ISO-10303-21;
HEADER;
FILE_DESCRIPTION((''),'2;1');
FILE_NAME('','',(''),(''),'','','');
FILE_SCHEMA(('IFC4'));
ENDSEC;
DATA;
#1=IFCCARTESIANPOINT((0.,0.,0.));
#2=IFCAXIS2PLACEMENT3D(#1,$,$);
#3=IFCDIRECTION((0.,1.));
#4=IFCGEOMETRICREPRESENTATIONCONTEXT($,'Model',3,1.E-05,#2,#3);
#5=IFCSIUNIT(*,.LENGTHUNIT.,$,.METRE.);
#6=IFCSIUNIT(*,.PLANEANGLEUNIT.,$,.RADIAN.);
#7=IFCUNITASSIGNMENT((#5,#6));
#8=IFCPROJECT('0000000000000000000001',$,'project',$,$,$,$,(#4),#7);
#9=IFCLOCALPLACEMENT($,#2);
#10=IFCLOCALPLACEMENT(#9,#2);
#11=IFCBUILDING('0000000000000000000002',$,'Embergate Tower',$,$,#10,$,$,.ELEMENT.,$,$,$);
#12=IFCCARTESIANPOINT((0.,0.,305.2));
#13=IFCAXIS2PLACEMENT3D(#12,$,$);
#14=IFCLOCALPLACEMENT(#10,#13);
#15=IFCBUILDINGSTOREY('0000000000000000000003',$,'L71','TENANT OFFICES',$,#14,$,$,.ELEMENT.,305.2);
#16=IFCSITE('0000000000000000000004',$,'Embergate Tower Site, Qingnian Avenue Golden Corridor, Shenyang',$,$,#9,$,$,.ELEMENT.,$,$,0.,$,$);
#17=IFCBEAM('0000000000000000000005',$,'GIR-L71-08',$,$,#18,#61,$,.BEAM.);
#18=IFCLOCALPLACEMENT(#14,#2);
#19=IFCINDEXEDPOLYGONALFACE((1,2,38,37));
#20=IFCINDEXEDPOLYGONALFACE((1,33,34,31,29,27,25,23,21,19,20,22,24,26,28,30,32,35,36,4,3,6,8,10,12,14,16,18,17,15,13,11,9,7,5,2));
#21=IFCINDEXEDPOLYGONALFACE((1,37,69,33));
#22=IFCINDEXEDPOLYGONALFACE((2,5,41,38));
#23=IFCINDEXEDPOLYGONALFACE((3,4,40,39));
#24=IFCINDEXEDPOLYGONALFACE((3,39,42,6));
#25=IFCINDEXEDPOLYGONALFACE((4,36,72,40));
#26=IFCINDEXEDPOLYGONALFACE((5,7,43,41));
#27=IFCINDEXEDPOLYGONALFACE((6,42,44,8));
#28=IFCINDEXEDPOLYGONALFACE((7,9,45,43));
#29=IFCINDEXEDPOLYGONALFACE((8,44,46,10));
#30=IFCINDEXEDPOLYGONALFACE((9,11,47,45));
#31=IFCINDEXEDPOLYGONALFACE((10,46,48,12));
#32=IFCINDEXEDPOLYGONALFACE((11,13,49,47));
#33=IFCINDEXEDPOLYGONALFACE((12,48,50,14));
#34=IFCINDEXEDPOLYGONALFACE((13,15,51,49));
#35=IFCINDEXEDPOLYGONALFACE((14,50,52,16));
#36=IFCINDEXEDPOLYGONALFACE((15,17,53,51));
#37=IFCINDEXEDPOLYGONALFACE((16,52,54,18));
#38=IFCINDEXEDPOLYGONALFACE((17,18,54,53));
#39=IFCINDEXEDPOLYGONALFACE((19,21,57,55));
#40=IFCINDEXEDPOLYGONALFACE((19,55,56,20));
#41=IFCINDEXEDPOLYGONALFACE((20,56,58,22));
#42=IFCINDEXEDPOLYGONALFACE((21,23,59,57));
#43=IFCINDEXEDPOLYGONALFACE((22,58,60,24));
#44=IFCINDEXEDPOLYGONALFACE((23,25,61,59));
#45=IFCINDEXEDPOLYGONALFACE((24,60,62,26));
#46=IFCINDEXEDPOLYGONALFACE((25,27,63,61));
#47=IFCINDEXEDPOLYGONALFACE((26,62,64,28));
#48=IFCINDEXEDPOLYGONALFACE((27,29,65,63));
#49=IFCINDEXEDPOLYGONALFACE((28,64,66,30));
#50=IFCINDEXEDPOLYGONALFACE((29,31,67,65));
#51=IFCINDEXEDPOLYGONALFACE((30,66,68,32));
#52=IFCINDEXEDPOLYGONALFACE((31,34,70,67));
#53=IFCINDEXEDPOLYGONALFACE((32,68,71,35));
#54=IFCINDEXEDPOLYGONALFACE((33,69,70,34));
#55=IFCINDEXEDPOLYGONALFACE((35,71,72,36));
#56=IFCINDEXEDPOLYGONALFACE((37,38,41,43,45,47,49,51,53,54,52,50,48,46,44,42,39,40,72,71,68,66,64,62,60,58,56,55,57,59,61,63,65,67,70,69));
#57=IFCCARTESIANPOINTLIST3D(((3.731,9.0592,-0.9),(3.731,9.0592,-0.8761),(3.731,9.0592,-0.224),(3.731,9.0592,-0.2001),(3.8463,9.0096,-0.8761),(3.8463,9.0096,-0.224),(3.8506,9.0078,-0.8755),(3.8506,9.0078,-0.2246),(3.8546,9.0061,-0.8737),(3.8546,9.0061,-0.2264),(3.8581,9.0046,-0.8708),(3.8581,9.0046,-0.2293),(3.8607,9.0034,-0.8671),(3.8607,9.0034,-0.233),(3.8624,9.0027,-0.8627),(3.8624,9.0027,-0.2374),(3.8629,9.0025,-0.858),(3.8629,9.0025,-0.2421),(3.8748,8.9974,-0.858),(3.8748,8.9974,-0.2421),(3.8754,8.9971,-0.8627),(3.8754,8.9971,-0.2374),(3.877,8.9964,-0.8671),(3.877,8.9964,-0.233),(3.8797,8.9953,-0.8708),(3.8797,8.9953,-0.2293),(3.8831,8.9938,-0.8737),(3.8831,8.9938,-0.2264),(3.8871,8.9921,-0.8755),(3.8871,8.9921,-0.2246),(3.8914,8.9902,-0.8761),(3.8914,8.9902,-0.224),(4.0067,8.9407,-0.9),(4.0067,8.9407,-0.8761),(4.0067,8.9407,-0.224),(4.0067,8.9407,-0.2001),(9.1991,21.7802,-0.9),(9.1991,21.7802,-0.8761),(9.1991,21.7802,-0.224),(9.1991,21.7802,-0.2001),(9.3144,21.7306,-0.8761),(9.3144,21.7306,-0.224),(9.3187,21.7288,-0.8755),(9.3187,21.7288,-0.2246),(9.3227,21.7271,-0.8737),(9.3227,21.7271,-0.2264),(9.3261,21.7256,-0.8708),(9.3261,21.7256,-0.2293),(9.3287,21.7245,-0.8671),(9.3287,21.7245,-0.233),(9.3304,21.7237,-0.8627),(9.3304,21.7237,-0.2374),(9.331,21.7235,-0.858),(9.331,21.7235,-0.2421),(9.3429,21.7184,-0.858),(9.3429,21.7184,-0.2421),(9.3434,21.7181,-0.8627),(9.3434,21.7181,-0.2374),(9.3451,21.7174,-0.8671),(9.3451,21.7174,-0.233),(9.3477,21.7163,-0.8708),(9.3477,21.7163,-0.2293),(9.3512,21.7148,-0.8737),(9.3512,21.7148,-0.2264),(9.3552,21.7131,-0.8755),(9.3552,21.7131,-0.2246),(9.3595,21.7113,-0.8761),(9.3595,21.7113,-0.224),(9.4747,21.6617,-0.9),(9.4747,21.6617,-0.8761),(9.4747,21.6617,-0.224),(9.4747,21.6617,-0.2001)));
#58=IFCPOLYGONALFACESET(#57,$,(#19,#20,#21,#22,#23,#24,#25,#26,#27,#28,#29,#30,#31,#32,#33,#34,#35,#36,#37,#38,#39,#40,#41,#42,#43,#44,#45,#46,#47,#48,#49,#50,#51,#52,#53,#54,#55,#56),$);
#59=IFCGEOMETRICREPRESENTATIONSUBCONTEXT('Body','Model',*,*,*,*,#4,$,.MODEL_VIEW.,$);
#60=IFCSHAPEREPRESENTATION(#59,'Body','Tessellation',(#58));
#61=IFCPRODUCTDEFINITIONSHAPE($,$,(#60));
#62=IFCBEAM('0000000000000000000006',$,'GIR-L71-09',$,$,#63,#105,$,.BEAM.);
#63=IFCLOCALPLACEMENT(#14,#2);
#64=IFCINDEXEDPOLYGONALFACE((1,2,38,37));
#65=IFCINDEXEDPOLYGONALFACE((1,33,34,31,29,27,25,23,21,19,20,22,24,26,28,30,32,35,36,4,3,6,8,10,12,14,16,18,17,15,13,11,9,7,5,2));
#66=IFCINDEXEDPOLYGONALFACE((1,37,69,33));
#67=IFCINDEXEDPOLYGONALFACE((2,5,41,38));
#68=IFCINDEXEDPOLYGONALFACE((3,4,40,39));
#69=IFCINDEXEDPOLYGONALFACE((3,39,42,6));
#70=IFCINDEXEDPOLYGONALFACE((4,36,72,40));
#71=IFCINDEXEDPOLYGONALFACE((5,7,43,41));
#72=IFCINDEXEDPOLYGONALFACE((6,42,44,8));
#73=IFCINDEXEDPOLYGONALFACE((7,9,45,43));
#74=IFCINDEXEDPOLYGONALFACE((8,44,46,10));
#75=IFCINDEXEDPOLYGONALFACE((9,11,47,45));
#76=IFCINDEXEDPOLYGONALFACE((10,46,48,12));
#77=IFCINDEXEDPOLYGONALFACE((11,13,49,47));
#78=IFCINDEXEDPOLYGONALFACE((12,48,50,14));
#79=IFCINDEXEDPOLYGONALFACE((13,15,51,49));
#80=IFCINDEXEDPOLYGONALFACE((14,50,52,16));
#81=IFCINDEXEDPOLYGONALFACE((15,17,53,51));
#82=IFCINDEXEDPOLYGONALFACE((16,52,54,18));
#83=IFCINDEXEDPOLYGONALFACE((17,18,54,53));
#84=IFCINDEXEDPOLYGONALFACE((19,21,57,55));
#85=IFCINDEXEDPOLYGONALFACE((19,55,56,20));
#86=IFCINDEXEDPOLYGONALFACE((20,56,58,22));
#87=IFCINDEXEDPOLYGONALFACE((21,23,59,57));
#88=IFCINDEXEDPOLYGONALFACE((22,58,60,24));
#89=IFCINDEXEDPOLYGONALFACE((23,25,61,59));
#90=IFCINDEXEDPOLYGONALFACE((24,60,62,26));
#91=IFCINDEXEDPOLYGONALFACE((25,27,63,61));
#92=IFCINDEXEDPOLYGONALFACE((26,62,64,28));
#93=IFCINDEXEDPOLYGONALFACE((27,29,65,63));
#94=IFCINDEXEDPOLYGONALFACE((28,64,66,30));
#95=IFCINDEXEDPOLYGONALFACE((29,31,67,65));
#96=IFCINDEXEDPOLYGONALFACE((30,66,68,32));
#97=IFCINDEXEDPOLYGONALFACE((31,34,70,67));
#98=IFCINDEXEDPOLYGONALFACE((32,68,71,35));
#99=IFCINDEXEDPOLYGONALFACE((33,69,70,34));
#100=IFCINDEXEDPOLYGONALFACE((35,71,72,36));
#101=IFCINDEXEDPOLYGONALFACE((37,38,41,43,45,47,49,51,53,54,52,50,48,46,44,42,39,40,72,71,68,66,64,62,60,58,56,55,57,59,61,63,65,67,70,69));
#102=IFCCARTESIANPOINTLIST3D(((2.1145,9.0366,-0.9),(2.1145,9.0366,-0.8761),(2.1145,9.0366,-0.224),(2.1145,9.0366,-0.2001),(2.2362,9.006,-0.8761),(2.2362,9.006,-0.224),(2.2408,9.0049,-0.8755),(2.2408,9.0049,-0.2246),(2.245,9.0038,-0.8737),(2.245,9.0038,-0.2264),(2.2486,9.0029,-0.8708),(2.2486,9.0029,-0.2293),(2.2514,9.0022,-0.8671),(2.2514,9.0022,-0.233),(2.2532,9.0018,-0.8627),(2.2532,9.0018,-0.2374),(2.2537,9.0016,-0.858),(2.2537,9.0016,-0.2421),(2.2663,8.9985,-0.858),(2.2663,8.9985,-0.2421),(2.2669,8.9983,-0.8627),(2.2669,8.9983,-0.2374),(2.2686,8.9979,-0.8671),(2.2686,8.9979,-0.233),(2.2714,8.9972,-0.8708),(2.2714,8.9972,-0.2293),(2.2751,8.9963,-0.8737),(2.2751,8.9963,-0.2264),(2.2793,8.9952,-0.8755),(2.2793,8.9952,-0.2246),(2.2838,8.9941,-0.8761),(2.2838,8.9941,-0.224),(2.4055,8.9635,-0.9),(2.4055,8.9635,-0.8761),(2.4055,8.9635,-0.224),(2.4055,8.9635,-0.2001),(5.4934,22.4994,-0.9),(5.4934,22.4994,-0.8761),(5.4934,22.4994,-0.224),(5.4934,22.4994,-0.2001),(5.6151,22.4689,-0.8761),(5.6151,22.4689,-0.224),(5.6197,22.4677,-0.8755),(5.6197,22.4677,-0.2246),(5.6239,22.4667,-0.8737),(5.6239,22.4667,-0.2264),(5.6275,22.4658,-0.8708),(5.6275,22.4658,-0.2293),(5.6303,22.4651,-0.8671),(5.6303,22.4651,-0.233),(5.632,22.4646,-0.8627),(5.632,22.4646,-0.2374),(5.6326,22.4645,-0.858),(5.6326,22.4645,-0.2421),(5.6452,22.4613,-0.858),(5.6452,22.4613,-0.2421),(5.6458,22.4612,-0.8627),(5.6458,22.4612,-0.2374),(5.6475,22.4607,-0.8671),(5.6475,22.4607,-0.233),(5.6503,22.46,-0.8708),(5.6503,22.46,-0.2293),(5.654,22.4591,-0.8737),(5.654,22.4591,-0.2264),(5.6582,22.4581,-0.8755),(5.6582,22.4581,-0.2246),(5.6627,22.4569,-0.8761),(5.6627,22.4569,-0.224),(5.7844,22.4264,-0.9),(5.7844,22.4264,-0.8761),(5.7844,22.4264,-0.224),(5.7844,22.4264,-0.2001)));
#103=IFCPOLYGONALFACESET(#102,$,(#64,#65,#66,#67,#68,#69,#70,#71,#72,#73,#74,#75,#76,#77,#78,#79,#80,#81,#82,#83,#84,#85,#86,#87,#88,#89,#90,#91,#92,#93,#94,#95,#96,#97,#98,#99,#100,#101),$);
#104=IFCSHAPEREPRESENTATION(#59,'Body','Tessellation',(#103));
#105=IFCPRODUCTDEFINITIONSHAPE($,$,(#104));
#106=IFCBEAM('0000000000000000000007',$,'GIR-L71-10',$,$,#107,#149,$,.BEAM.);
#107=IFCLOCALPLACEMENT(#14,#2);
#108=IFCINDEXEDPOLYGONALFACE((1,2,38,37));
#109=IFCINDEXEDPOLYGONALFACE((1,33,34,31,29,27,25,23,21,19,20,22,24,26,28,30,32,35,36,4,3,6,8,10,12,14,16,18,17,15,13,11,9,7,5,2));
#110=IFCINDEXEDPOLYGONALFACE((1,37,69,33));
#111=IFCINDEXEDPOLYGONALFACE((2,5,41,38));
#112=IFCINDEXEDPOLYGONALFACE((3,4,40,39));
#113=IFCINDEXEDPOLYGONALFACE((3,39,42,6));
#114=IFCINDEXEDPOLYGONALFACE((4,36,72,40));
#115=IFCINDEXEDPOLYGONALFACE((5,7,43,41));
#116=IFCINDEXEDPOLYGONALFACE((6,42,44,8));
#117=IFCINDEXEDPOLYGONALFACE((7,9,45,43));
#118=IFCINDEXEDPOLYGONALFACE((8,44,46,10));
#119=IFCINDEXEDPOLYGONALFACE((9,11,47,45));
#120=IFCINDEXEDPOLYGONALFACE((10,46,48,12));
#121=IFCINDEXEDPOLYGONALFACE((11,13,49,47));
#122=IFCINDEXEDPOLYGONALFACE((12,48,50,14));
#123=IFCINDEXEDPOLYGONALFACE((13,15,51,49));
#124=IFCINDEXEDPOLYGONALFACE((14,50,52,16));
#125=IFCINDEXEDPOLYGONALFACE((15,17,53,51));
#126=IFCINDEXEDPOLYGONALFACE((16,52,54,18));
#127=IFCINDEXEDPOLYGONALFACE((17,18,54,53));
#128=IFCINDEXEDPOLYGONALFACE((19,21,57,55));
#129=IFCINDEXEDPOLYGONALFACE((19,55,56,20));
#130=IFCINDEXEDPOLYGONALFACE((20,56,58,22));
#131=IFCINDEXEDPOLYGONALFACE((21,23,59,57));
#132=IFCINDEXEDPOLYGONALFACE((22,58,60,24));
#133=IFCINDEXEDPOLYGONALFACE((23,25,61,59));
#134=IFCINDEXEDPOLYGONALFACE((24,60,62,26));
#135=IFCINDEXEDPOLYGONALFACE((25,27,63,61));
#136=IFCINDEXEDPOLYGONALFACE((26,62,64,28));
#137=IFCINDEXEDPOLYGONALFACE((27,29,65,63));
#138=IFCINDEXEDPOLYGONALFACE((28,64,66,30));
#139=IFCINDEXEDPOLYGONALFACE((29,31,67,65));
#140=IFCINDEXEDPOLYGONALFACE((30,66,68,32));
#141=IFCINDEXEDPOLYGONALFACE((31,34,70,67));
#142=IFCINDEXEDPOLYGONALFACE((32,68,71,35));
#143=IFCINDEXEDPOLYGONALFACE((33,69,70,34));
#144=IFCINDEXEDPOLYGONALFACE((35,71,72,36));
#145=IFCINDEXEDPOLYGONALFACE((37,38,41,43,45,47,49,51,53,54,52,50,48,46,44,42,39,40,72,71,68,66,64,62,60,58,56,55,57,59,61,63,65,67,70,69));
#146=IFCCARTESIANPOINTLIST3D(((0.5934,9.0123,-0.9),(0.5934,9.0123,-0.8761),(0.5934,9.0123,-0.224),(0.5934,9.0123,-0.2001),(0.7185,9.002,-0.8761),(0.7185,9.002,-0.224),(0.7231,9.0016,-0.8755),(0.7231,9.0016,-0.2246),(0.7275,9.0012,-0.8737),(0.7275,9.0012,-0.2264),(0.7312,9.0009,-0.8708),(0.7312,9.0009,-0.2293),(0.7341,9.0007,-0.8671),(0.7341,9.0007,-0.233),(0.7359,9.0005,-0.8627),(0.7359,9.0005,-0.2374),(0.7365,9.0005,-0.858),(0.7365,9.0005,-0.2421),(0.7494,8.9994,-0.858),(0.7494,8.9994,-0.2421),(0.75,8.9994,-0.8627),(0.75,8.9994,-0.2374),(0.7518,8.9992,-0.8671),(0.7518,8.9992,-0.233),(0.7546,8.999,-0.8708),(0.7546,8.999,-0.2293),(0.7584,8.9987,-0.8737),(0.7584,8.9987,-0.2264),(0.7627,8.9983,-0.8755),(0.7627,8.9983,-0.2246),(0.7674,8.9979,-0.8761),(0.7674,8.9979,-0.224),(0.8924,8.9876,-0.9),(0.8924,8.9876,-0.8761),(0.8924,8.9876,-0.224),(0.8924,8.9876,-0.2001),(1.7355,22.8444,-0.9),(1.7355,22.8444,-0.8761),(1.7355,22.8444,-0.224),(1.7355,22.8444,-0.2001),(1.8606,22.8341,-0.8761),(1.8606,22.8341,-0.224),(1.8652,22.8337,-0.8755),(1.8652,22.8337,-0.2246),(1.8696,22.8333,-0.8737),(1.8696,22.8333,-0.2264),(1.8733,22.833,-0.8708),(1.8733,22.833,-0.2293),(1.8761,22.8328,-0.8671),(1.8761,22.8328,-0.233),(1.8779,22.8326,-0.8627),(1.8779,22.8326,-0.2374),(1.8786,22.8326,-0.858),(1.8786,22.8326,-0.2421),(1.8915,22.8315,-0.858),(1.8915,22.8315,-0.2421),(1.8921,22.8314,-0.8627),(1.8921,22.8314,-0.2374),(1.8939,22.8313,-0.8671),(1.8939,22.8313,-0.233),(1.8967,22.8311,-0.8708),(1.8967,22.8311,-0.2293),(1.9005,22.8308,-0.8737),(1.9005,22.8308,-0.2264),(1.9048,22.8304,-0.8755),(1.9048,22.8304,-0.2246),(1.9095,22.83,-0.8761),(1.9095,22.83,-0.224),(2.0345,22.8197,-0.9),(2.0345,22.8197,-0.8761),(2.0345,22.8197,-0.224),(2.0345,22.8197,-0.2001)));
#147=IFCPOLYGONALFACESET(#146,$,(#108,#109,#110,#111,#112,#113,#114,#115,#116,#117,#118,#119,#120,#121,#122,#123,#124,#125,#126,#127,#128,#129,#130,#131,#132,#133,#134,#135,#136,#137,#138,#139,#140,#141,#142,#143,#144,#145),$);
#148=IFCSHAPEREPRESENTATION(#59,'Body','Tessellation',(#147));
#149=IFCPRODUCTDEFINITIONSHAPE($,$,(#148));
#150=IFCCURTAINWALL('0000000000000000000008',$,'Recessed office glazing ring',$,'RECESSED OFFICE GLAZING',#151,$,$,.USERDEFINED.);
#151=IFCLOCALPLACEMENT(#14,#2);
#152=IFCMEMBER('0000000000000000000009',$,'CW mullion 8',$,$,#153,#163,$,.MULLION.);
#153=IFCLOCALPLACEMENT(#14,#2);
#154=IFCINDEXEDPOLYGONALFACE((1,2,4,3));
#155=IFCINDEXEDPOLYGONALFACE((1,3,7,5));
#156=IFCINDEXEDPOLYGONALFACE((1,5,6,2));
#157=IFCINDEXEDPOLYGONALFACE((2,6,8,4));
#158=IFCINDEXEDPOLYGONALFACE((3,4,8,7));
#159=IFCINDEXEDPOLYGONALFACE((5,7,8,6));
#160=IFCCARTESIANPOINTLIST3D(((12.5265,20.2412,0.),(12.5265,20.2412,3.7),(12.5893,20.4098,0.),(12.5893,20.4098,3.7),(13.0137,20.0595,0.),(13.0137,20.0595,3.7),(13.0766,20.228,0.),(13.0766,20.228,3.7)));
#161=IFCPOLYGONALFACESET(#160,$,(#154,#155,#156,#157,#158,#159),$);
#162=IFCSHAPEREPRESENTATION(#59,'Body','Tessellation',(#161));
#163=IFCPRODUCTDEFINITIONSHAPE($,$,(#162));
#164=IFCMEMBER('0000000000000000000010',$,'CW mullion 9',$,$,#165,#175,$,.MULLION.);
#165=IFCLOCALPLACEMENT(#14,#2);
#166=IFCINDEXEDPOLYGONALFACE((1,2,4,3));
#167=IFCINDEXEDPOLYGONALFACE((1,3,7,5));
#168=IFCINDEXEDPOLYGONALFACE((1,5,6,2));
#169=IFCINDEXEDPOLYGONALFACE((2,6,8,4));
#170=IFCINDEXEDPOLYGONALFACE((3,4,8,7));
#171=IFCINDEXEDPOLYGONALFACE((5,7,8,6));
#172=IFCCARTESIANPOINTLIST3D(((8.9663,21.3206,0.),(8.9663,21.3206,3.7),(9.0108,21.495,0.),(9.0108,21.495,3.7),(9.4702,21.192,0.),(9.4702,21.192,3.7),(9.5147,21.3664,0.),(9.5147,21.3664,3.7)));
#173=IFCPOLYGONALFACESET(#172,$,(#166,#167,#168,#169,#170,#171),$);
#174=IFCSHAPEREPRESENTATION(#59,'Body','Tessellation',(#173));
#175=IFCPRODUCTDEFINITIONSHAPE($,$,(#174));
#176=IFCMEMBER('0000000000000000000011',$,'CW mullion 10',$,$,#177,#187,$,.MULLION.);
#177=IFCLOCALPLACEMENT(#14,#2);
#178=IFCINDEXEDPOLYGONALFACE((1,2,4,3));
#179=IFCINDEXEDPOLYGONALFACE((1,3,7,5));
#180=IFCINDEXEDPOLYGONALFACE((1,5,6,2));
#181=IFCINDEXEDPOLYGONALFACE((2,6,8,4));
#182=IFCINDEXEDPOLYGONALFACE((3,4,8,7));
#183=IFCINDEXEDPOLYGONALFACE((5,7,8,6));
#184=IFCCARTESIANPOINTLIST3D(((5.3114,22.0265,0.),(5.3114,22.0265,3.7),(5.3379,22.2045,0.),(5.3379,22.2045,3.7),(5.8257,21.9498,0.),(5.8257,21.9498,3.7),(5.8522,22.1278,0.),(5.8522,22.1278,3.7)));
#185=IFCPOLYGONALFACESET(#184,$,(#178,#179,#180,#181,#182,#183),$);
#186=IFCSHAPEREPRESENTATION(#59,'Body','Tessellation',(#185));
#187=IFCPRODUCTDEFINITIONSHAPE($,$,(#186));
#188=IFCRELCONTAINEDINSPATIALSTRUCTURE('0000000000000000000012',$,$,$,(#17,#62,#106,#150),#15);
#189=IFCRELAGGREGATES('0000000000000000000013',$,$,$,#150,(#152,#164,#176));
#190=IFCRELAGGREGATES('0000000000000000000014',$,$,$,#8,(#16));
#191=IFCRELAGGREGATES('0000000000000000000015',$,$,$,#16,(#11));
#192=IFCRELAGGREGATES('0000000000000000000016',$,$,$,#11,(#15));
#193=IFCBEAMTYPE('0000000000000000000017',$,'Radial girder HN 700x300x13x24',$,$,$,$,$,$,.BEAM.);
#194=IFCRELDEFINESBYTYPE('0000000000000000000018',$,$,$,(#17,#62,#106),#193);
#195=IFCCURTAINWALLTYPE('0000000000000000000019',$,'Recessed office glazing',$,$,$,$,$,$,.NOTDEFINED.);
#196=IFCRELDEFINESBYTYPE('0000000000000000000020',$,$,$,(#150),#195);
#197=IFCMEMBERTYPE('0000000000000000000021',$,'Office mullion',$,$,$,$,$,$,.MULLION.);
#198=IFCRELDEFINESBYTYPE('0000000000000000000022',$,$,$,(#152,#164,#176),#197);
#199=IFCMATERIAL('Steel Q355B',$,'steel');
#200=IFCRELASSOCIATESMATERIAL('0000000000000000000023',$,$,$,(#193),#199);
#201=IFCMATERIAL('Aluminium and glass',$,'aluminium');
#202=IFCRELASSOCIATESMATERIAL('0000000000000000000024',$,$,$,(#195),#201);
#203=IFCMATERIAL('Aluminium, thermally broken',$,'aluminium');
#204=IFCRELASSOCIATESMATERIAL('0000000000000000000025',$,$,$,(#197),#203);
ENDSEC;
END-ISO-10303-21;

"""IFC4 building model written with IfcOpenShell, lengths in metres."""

from ifc_helpers import new_model, si_unit, direction, frame, origin, origin_2d, place, context, subcontext, project, spatial, rectangle, i_section, extrude, source, transform, mapped, material, material_profile, profile_set, type_object, element, aggregate, save


model = new_model("IFC4")

# Units and contexts
model_context = context("Model", 3, precision=1e-05, world=origin(), true_north=direction((0.0, 1.0)))
body_context = subcontext(model_context, "Body", "Model", "MODEL_VIEW")
ifc_project = project(units=[si_unit("LENGTHUNIT", "METRE"), si_unit("PLANEANGLEUNIT", "RADIAN")], contexts=[model_context])

# Site, building, storey
site_placement = place(None, origin())
site = spatial("IfcSite", under=ifc_project, at=site_placement, Name="Embergate Tower Site, Qingnian Avenue Golden Corridor, Shenyang", CompositionType="ELEMENT", RefElevation=0.0)
building_placement = place(site_placement, origin())
building = spatial("IfcBuilding", under=site, at=building_placement, Name="Embergate Tower", CompositionType="ELEMENT")
storey_placement = place(building_placement, frame((0.0, 0.0, 305.2)))
storey = spatial("IfcBuildingStorey", under=building, at=storey_placement, Name="L71", Description="TENANT OFFICES", CompositionType="ELEMENT", Elevation=305.2)

# Beams
ifc_material_1 = material(Name="Steel Q355B", Category="steel")
ifc_material_profile_1 = material_profile(ifc_material_1, i_section(OverallWidth=0.3, OverallDepth=0.7, WebThickness=0.0129, FlangeThickness=0.0239, FilletRadius=0.0181, at=origin_2d()), Name="HN 700x300x13x24")
ifc_profile_set_1 = profile_set([ifc_material_profile_1], Name="Steel Q355 grade B")
beam_type_1 = type_object("IfcBeamType", Name="Radial girder HN 700x300x13x24", PredefinedType="BEAM", material=ifc_profile_set_1)
shared_shape_1 = source(origin(), body_context, "Body", "SweptSolid", [
    extrude(i_section(OverallWidth=0.3, OverallDepth=0.7, WebThickness=0.0129, FlangeThickness=0.0239, FilletRadius=0.0181, at=origin_2d()), origin(), (0.0, 0.0, 1.0), 13.8464),
])
beam_1_placement = place(storey_placement, frame((9.3369, 21.7209, -0.55), z_axis=(-0.394906, -0.918721, 0.0), x_axis=(0.918721, -0.394906, 0.0)))
element("IfcBeam", 1, at=beam_1_placement, inside=storey, type_object=beam_type_1, Name="GIR-L71-08", PredefinedType="BEAM", context=body_context, shape_type="MappedRepresentation", body=[
    mapped(shared_shape_1, transform((0.0, 0.0, 0.0))),
])
shared_shape_2 = source(origin(), body_context, "Body", "SweptSolid", [
    extrude(i_section(OverallWidth=0.3, OverallDepth=0.7, WebThickness=0.0129, FlangeThickness=0.0239, FilletRadius=0.0181, at=origin_2d()), origin(), (0.0, 0.0, 1.0), 13.8804),
])
beam_2_placement = place(storey_placement, frame((5.6389, 22.4629, -0.55), z_axis=(-0.243429, -0.969919, 0.0), x_axis=(0.969919, -0.243429, 0.0)))
element("IfcBeam", 2, at=beam_2_placement, inside=storey, type_object=beam_type_1, Name="GIR-L71-09", PredefinedType="BEAM", context=body_context, shape_type="MappedRepresentation", body=[
    mapped(shared_shape_2, transform((0.0, 0.0, 0.0))),
])
shared_shape_3 = source(origin(), body_context, "Body", "SweptSolid", [
    extrude(i_section(OverallWidth=0.3, OverallDepth=0.7, WebThickness=0.0129, FlangeThickness=0.0239, FilletRadius=0.0181, at=origin_2d()), origin(), (0.0, 0.0, 1.0), 13.8792),
])
beam_3_placement = place(storey_placement, frame((1.885, 22.832, -0.55), z_axis=(-0.082288, -0.996609, 0.0), x_axis=(0.996609, -0.082288, 0.0)))
element("IfcBeam", 3, at=beam_3_placement, inside=storey, type_object=beam_type_1, Name="GIR-L71-10", PredefinedType="BEAM", context=body_context, shape_type="MappedRepresentation", body=[
    mapped(shared_shape_3, transform((0.0, 0.0, 0.0))),
])

# Curtain wall, members
ifc_material_2 = material(Name="Aluminium and glass", Category="aluminium")
curtain_wall_type = type_object("IfcCurtainWallType", Name="Recessed office glazing", PredefinedType="NOTDEFINED", material=ifc_material_2)
curtain_wall_placement = place(storey_placement, origin())
curtain_wall = element("IfcCurtainWall", 4, at=curtain_wall_placement, inside=storey, type_object=curtain_wall_type, Name="Recessed office glazing ring", ObjectType="RECESSED OFFICE GLAZING", PredefinedType="USERDEFINED")
ifc_material_3 = material(Name="Aluminium, thermally broken", Category="aluminium")
ifc_material_profile_2 = material_profile(ifc_material_3, rectangle(XDim=0.1799, YDim=0.52, at=origin_2d()), Name="AL 520x180")
ifc_profile_set_2 = profile_set([ifc_material_profile_2], Name="Aluminium, thermally broken")
member_type_1 = type_object("IfcMemberType", Name="Office mullion", PredefinedType="MULLION", material=ifc_profile_set_2)
shared_shape_4 = source(origin(), body_context, "Body", "SweptSolid", [
    extrude(rectangle(XDim=0.1799, YDim=0.52, at=origin_2d()), origin(), (0.0, 0.0, 1.0), 3.7),
])
member_1_placement = place(storey_placement, frame((12.8015, 20.2346, 0.0), z_axis=(0.0, 0.0, 1.0), x_axis=(-0.349501, -0.936936, 0.0)))
member_1 = element("IfcMember", 5, at=member_1_placement, type_object=member_type_1, Name="CW mullion 8", PredefinedType="MULLION", context=body_context, shape_type="MappedRepresentation", body=[
    mapped(shared_shape_4, transform((0.0, 0.0, 0.0))),
])
member_2_placement = place(storey_placement, frame((9.2405, 21.3435, 0.0), z_axis=(0.0, 0.0, 1.0), x_axis=(-0.247312, -0.968936, 0.0)))
member_2 = element("IfcMember", 6, at=member_2_placement, type_object=member_type_1, Name="CW mullion 9", PredefinedType="MULLION", context=body_context, shape_type="MappedRepresentation", body=[
    mapped(shared_shape_4, transform((0.0, 0.0, 0.0))),
])
member_3_placement = place(storey_placement, frame((5.5818, 22.0771, 0.0), z_axis=(0.0, 0.0, 1.0), x_axis=(-0.147412, -0.989075, 0.0)))
member_3 = element("IfcMember", 7, at=member_3_placement, type_object=member_type_1, Name="CW mullion 10", PredefinedType="MULLION", context=body_context, shape_type="MappedRepresentation", body=[
    mapped(shared_shape_4, transform((0.0, 0.0, 0.0))),
])
aggregate(curtain_wall, [member_1, member_2, member_3])

save(model, "model.ifc")
